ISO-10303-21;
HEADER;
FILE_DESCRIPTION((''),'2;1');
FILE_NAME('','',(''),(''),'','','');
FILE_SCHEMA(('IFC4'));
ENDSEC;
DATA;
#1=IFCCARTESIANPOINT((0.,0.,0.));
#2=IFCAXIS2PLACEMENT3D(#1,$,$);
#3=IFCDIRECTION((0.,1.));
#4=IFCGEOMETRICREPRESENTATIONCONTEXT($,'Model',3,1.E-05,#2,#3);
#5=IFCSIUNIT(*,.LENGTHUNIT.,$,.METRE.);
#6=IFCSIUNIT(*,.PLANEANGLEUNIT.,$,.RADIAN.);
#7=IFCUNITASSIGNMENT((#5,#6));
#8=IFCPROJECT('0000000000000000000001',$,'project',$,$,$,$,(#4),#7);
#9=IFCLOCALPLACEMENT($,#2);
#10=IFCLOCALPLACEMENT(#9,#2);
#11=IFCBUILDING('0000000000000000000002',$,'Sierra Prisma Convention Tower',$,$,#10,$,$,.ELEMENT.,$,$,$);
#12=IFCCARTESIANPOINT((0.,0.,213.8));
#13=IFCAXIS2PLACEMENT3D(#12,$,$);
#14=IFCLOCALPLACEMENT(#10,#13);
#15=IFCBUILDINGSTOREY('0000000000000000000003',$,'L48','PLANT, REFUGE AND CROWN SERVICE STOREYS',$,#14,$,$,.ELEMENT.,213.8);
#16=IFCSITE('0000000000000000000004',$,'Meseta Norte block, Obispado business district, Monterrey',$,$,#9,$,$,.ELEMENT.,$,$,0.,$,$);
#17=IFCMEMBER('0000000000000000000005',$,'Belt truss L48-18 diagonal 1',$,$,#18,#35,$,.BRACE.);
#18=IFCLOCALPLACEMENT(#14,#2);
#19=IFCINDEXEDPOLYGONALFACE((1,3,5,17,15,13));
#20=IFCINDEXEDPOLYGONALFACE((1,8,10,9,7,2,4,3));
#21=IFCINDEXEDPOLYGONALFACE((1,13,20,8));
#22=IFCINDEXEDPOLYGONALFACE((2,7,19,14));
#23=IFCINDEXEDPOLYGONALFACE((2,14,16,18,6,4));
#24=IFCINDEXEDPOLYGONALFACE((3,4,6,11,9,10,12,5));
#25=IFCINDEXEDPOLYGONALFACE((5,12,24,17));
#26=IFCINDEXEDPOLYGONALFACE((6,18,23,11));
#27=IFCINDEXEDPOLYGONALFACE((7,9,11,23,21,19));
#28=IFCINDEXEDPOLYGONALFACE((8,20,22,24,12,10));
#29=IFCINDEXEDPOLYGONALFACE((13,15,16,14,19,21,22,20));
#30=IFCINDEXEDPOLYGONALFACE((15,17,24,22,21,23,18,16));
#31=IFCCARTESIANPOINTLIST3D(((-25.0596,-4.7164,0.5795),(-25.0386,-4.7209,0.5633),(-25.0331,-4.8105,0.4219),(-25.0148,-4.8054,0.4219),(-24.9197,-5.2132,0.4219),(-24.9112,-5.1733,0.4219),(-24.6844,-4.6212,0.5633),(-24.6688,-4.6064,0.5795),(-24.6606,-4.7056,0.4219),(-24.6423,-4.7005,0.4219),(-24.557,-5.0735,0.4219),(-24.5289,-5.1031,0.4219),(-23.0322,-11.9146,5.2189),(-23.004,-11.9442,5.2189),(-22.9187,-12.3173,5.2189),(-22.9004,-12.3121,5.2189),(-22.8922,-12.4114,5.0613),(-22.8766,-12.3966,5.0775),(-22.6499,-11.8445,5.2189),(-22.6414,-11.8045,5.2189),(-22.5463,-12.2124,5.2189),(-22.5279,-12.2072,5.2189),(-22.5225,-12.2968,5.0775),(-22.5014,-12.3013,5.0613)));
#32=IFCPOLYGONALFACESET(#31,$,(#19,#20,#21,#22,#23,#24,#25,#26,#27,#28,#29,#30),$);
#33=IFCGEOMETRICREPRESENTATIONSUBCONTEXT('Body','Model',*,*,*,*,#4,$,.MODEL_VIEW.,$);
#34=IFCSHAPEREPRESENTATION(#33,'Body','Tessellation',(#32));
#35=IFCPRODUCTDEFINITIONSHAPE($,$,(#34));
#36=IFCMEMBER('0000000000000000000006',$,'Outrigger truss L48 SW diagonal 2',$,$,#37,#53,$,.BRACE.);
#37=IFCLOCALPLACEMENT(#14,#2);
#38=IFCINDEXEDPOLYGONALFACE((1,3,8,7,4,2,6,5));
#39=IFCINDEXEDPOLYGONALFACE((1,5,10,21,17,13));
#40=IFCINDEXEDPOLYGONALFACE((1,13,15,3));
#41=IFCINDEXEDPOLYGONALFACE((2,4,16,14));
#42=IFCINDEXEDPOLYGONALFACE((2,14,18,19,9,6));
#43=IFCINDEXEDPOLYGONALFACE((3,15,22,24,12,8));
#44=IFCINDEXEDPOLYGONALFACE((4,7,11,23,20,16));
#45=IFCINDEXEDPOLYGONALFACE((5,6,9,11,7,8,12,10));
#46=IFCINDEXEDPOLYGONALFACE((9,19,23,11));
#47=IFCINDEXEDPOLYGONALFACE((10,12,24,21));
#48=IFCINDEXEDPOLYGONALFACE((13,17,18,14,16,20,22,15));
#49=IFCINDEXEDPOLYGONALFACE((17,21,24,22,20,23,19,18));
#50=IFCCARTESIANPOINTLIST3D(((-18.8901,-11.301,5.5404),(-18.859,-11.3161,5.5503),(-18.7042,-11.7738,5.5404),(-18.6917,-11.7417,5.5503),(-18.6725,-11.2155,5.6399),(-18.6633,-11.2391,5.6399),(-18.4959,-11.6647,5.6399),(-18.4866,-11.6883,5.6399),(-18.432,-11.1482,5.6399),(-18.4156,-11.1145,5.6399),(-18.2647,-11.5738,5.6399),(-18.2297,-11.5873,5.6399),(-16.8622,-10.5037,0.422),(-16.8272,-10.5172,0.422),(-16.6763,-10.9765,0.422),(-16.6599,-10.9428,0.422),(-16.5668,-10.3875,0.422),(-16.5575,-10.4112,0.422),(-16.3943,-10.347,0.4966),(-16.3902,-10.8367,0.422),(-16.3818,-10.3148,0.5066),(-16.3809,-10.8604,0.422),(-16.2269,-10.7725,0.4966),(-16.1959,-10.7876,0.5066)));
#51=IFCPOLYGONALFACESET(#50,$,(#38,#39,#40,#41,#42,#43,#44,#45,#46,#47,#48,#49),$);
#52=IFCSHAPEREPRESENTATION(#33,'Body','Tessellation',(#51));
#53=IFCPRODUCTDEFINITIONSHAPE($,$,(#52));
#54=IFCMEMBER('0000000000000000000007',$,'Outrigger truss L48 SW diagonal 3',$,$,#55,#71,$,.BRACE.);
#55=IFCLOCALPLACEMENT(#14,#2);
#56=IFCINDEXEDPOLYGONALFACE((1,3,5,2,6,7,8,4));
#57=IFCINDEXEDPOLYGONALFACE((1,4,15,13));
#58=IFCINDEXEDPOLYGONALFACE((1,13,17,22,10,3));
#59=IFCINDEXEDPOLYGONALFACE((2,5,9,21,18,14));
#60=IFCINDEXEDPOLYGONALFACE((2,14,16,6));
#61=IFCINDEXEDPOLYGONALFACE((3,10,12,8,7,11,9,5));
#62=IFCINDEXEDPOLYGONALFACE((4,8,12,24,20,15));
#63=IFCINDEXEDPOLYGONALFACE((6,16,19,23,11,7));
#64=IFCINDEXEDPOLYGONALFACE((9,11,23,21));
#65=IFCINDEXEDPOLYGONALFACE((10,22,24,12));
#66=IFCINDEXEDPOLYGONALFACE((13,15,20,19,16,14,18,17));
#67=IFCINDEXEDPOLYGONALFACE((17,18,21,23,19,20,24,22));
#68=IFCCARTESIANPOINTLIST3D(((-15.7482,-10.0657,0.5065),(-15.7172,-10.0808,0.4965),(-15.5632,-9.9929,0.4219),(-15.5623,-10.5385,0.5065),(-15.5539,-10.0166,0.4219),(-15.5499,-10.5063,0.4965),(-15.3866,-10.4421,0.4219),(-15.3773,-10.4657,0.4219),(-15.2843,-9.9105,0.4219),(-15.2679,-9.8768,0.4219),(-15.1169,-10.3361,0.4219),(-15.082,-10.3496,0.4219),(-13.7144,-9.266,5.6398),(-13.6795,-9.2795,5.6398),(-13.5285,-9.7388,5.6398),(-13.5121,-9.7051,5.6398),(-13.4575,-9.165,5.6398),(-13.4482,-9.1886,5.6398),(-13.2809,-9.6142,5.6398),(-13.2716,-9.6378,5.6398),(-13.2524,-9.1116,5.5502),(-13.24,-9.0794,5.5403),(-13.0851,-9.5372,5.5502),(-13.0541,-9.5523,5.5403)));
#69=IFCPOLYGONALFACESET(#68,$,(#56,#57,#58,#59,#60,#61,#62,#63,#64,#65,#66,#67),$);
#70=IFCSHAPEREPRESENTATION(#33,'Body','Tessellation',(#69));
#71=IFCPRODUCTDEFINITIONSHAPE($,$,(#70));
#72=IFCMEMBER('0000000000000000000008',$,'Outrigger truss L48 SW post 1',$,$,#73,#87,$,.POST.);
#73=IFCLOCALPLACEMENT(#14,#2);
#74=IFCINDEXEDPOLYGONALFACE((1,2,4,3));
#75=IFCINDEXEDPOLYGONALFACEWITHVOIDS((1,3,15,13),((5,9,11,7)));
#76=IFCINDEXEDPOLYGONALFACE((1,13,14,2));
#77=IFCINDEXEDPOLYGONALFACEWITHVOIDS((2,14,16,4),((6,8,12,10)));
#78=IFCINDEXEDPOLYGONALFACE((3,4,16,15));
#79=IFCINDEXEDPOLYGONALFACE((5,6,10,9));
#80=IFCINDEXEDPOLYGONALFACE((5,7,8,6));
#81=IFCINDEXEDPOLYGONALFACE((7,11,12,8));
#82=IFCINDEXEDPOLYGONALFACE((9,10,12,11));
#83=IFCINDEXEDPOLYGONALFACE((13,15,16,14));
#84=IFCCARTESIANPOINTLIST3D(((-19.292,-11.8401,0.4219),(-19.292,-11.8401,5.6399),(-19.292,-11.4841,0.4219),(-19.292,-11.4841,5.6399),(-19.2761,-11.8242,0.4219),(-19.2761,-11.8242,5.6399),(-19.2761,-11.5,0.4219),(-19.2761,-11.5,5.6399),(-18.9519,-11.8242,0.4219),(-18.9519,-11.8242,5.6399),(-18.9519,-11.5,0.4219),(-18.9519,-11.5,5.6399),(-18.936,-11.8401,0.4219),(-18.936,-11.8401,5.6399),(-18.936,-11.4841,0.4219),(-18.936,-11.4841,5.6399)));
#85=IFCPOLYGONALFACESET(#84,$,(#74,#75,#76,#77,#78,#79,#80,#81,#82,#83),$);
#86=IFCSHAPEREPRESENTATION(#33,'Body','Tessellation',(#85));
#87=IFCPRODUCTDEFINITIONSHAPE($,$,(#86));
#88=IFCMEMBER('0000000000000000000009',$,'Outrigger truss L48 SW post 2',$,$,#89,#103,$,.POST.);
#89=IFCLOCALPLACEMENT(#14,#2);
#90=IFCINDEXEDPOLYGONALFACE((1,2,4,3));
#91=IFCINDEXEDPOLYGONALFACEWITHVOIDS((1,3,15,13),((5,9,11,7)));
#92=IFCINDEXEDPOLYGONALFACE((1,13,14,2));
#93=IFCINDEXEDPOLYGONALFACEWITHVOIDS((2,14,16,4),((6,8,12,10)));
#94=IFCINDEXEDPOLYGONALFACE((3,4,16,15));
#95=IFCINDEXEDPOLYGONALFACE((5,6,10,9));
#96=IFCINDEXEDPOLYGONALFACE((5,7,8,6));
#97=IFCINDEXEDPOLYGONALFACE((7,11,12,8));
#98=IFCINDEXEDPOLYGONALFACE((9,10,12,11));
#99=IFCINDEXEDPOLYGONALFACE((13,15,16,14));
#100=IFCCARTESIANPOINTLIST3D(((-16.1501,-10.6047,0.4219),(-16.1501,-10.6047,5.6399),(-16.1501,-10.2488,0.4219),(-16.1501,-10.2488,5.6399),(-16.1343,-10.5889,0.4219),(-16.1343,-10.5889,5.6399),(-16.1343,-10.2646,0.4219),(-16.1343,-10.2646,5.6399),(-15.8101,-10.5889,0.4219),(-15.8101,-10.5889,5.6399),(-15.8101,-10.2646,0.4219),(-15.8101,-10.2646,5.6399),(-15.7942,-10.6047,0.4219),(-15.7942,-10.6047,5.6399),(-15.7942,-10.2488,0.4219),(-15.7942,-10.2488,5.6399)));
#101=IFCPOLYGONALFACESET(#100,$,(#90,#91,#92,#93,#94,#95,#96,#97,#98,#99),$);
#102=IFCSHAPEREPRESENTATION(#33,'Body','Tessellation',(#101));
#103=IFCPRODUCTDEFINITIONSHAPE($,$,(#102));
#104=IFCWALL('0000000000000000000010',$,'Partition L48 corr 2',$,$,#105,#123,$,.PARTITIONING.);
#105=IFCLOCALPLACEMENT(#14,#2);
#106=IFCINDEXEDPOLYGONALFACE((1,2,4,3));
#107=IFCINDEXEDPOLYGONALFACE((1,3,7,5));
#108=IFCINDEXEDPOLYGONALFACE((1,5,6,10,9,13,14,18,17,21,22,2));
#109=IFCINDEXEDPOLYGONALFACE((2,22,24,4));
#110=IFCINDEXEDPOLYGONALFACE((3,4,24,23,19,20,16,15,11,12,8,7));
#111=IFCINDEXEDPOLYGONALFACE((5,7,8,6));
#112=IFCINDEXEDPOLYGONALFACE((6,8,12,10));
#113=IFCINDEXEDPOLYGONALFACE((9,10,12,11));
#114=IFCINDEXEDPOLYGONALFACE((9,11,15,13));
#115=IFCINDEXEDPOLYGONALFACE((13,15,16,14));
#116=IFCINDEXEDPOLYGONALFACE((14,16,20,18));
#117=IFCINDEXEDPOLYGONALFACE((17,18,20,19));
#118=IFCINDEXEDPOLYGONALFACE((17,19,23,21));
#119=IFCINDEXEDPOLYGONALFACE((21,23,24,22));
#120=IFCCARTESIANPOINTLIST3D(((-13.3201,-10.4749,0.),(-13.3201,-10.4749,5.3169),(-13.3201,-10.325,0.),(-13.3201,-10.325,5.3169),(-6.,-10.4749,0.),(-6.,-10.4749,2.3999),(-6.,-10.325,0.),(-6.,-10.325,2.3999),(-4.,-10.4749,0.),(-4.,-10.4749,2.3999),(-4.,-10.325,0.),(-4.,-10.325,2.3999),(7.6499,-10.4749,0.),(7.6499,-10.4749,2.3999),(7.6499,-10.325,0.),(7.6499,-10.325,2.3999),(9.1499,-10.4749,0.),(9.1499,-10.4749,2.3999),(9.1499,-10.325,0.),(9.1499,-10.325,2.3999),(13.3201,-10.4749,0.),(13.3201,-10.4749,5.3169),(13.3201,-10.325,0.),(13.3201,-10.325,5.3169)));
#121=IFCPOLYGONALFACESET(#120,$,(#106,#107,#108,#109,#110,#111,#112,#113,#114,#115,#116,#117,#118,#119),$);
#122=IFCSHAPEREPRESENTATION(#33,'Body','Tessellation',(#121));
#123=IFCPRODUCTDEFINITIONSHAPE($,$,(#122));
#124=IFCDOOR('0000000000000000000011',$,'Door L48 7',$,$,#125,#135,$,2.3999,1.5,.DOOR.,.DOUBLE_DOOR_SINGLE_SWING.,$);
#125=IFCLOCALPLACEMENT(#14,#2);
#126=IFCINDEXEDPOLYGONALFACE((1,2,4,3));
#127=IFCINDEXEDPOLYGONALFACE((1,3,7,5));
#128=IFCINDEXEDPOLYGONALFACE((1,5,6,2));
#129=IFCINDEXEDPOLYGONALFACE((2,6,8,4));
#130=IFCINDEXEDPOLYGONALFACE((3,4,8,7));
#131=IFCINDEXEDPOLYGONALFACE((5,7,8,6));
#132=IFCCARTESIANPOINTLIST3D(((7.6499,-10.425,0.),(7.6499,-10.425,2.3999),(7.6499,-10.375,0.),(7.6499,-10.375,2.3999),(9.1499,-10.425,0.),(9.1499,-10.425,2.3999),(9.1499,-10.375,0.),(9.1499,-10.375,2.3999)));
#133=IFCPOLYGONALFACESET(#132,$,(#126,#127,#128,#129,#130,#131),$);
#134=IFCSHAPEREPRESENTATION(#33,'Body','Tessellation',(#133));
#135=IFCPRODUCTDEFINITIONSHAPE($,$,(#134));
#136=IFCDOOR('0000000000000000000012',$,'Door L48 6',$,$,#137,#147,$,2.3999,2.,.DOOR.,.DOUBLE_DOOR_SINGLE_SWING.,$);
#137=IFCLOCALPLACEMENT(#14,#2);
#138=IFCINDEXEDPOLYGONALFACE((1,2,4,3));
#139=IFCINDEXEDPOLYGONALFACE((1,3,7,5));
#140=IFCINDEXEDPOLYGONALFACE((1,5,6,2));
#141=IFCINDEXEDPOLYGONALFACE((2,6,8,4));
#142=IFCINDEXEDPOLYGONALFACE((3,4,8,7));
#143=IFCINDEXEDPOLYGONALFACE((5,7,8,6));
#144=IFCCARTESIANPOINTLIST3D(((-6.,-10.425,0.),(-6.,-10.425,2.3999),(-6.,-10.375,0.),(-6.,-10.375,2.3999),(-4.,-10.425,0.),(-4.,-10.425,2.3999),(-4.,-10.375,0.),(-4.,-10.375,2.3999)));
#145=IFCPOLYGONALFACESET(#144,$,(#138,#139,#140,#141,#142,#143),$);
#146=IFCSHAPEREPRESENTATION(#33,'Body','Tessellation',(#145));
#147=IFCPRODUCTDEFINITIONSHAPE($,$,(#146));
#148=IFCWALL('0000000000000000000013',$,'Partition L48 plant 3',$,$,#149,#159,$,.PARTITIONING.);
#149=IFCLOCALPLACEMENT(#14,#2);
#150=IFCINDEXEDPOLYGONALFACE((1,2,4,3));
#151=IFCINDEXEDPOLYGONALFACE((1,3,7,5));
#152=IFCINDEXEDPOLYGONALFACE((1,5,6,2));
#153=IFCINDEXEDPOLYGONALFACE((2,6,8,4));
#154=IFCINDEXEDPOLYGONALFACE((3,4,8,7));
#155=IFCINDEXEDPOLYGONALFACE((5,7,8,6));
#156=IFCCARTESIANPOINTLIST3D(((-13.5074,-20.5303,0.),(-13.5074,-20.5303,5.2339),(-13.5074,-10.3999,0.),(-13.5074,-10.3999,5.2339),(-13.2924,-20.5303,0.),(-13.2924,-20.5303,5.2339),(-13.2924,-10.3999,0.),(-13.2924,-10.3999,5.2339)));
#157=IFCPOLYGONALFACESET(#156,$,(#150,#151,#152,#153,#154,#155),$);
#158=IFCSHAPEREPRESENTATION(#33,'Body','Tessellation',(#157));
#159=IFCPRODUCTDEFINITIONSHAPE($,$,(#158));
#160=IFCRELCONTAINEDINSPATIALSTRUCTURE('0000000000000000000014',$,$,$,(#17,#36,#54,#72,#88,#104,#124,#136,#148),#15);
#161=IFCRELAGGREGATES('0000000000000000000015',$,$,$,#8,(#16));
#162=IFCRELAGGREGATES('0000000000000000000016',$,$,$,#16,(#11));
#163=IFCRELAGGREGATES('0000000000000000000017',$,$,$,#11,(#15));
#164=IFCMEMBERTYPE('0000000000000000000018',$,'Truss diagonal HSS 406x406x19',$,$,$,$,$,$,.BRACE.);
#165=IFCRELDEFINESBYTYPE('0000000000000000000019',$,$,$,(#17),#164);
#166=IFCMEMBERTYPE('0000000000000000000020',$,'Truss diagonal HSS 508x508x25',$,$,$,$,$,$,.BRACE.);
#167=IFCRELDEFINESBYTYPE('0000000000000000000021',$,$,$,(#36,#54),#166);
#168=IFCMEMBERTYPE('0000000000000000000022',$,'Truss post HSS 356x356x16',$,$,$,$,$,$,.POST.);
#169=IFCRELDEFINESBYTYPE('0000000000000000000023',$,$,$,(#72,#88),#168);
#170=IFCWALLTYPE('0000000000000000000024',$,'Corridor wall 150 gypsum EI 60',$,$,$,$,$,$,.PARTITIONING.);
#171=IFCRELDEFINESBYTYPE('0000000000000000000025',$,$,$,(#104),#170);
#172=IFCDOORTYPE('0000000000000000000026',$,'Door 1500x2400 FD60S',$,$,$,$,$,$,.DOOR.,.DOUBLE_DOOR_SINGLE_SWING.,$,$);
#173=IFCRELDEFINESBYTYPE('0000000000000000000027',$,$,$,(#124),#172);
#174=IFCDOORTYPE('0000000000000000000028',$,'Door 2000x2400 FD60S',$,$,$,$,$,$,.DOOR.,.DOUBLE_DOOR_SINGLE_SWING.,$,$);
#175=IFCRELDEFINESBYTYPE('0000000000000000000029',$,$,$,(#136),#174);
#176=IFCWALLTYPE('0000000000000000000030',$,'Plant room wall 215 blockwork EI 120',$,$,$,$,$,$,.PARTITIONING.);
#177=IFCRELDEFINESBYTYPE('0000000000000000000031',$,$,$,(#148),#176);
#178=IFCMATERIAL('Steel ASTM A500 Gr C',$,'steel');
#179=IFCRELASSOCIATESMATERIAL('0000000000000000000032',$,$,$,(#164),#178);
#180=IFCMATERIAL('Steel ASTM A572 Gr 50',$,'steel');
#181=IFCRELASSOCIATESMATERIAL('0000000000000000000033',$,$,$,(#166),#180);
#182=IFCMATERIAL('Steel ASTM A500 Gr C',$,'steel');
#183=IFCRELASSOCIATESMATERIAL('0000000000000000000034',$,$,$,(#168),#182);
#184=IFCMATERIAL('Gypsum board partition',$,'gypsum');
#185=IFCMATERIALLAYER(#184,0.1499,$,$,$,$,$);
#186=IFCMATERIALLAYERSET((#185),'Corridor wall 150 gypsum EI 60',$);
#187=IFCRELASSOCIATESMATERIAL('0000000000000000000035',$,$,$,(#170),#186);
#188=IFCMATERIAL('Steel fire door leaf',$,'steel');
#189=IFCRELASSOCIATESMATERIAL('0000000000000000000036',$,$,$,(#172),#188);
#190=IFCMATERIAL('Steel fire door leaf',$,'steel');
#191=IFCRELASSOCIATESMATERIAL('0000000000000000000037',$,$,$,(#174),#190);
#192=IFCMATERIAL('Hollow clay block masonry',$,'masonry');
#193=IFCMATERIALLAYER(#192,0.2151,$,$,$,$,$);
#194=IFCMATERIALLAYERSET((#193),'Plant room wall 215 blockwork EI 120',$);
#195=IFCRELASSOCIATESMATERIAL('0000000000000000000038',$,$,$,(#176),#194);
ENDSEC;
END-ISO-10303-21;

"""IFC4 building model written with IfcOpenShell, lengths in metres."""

from ifc_helpers import new_model, si_unit, direction, frame, frame_2d, origin, origin_2d, place, context, subcontext, project, spatial, rectangle, hollow_rectangle, extrude, clip, halfspace, material, layer, layer_set, material_profile, profile_set, type_object, element, fill, save


model = new_model("IFC4")

# Units and contexts
model_context = context("Model", 3, precision=1e-05, world=origin(), true_north=direction((0.0, 1.0)))
body_context = subcontext(model_context, "Body", "Model", "MODEL_VIEW")
ifc_project = project(units=[si_unit("LENGTHUNIT", "METRE"), si_unit("PLANEANGLEUNIT", "RADIAN")], contexts=[model_context])

# Site, building, storey
site_placement = place(None, origin())
site = spatial("IfcSite", under=ifc_project, at=site_placement, Name="Meseta Norte block, Obispado business district, Monterrey", CompositionType="ELEMENT", RefElevation=0.0)
building_placement = place(site_placement, origin())
building = spatial("IfcBuilding", under=site, at=building_placement, Name="Sierra Prisma Convention Tower", CompositionType="ELEMENT")
storey_placement = place(building_placement, frame((0.0, 0.0, 213.8)))
storey = spatial("IfcBuildingStorey", under=building, at=storey_placement, Name="L48", Description="PLANT, REFUGE AND CROWN SERVICE STOREYS", CompositionType="ELEMENT", Elevation=213.8)

# Members
ifc_material_1 = material(Name="Steel ASTM A500 Gr C", Category="steel")
ifc_material_profile_1 = material_profile(ifc_material_1, hollow_rectangle(XDim=0.406, YDim=0.406, WallThickness=0.019, at=origin_2d()), Name="Truss diagonal HSS 406x406x19")
ifc_profile_set_1 = profile_set([ifc_material_profile_1], Name="Steel ASTM A500 Gr C")
member_type_1 = type_object("IfcMemberType", Name="Truss diagonal HSS 406x406x19", PredefinedType="BRACE", material=ifc_profile_set_1)
member_1_placement = place(storey_placement, frame((-24.8352, -4.7644, 0.407), z_axis=(0.23038, -0.817928, 0.52718), x_axis=(0.962547, 0.271114, 0.0)))
element("IfcMember", 1, at=member_1_placement, inside=storey, type_object=member_type_1, Name="Belt truss L48-18 diagonal 1", PredefinedType="BRACE", context=body_context, shape_type="SweptSolid", body=[
    clip(clip(extrude(hollow_rectangle(XDim=0.406, YDim=0.406, WallThickness=0.019, at=origin_2d()), origin(), (0.0, 0.0, 1.0), 9.156), halfspace(frame((0.0002, 0.0127, 0.0078), z_axis=(0.0, 0.849753, 0.52718), x_axis=(1.0, 0.0, 0.0)), True)), halfspace(frame((0.0, -0.0127, 9.1482), z_axis=(0.0, -0.849753, -0.52718), x_axis=(1.0, 0.0, 0.0)), True)),
])
ifc_material_2 = material(Name="Steel ASTM A572 Gr 50", Category="steel")
ifc_material_profile_2 = material_profile(ifc_material_2, hollow_rectangle(XDim=0.5081, YDim=0.5081, WallThickness=0.0254, at=origin_2d()), Name="Truss diagonal HSS 508x508x25")
ifc_profile_set_2 = profile_set([ifc_material_profile_2], Name="Steel ASTM A572 Gr 50")
member_type_2 = type_object("IfcMemberType", Name="Truss diagonal HSS 508x508x25", PredefinedType="BRACE", material=ifc_profile_set_2)
member_2_placement = place(storey_placement, frame((-18.5796, -11.4519, 5.6399), z_axis=(0.364534, 0.143333, -0.920093), x_axis=(-0.365924, 0.930645, 0.0)))
element("IfcMember", 2, at=member_2_placement, inside=storey, type_object=member_type_2, Name="Outrigger truss L48 SW diagonal 2", PredefinedType="BRACE", context=body_context, shape_type="SweptSolid", body=[
    clip(clip(extrude(hollow_rectangle(XDim=0.5081, YDim=0.5081, WallThickness=0.0254, at=origin_2d()), origin(), (0.0, 0.0, 1.0), 5.6873), halfspace(frame((0.0, 0.0, 0.0), z_axis=(0.0, -0.391701, 0.920093), x_axis=(1.0, 0.0, 0.0)), True)), halfspace(frame((0.0, 0.0059, 5.6736), z_axis=(0.0, 0.391701, -0.920093), x_axis=(1.0, 0.0, 0.0)), True)),
])
member_3_placement = place(storey_placement, frame((-15.4377, -10.2166, 0.407), z_axis=(0.364534, 0.143333, 0.920093), x_axis=(-0.365924, 0.930645, 0.0)))
element("IfcMember", 3, at=member_3_placement, inside=storey, type_object=member_type_2, Name="Outrigger truss L48 SW diagonal 3", PredefinedType="BRACE", context=body_context, shape_type="SweptSolid", body=[
    clip(clip(extrude(hollow_rectangle(XDim=0.5081, YDim=0.5081, WallThickness=0.0254, at=origin_2d()), origin(), (0.0, 0.0, 1.0), 5.6873), halfspace(frame((0.0, 0.0059, 0.0137), z_axis=(0.0, 0.391701, 0.920093), x_axis=(1.0, 0.0, 0.0)), True)), halfspace(frame((0.0, 0.0, 5.6873), z_axis=(0.0, -0.391701, -0.920093), x_axis=(1.0, 0.0, 0.0)), True)),
])
ifc_material_3 = material(Name="Steel ASTM A500 Gr C", Category="steel")
ifc_material_profile_3 = material_profile(ifc_material_3, hollow_rectangle(XDim=0.356, YDim=0.356, WallThickness=0.0159, at=origin_2d()), Name="Truss post HSS 356x356x16")
ifc_profile_set_3 = profile_set([ifc_material_profile_3], Name="Steel ASTM A500 Gr C")
member_type_3 = type_object("IfcMemberType", Name="Truss post HSS 356x356x16", PredefinedType="POST", material=ifc_profile_set_3)
for number, where, z_axis, x_axis, name in (
    (4, (-19.114, -11.6621, 0.4219), (0.0, 0.0, 1.0), (1.0, 0.0, 0.0), "Outrigger truss L48 SW post 1"),
    (5, (-15.9722, -10.4268, 0.4219), (0.0, 0.0, 1.0), (1.0, 0.0, 0.0), "Outrigger truss L48 SW post 2"),
):
    element("IfcMember", number, at=place(storey_placement, frame(where, z_axis=z_axis, x_axis=x_axis)), inside=storey, type_object=member_type_3, Name=name, PredefinedType="POST", context=body_context, shape_type="SweptSolid", body=[
        extrude(hollow_rectangle(XDim=0.356, YDim=0.356, WallThickness=0.0159, at=origin_2d()), origin(), (0.0, 0.0, 1.0), 5.218),
    ])

# Wall, openings, doors
ifc_material_4 = material(Name="Gypsum board partition", Category="gypsum")
ifc_layer_1 = layer(ifc_material_4, 0.1499)
ifc_layer_set_1 = layer_set([ifc_layer_1], Name="Corridor wall 150 gypsum EI 60")
wall_type_1 = type_object("IfcWallType", Name="Corridor wall 150 gypsum EI 60", PredefinedType="PARTITIONING", material=ifc_layer_set_1)
wall_1_placement = place(storey_placement, frame((-13.3201, -10.3999, 0.0), z_axis=(0.0, 0.0, 1.0), x_axis=(1.0, 0.0, 0.0)))
wall_1 = element("IfcWall", 6, at=wall_1_placement, inside=storey, type_object=wall_type_1, Name="Partition L48 corr 2", PredefinedType="PARTITIONING", context=body_context, shape_type="SweptSolid", body=[
    extrude(rectangle(XDim=26.6401, YDim=0.1499, at=frame_2d((13.3201, 0.0))), origin(), (0.0, 0.0, 1.0), 5.3169),
])
opening_1_placement = place(wall_1_placement, frame((7.3201, 0.0, 0.0)))
opening_1 = element("IfcOpeningElement", 7, at=opening_1_placement, cuts=wall_1, PredefinedType="OPENING", context=body_context, shape_type="SweptSolid", body=[
    extrude(rectangle(XDim=2.0, YDim=2.3999, at=frame_2d((1.0, 1.2))), frame((0.0, 0.075, 0.0), z_axis=(0.0, -1.0, 0.0), x_axis=(1.0, 0.0, 0.0)), (0.0, 0.0, 1.0), 0.1499),
])
opening_2_placement = place(wall_1_placement, frame((20.97, 0.0, 0.0)))
opening_2 = element("IfcOpeningElement", 8, at=opening_2_placement, cuts=wall_1, PredefinedType="OPENING", context=body_context, shape_type="SweptSolid", body=[
    extrude(rectangle(XDim=1.5, YDim=2.3999, at=frame_2d((0.75, 1.2))), frame((0.0, 0.075, 0.0), z_axis=(0.0, -1.0, 0.0), x_axis=(1.0, 0.0, 0.0)), (0.0, 0.0, 1.0), 0.1499),
])
ifc_material_5 = material(Name="Steel fire door leaf", Category="steel")
door_type_1 = type_object("IfcDoorType", Name="Door 1500x2400 FD60S", OperationType="DOUBLE_DOOR_SINGLE_SWING", PredefinedType="DOOR", material=ifc_material_5)
door_1_placement = place(opening_2_placement, origin())
door_1 = element("IfcDoor", 9, at=door_1_placement, inside=storey, type_object=door_type_1, Name="Door L48 7", OperationType="DOUBLE_DOOR_SINGLE_SWING", OverallHeight=2.3999, OverallWidth=1.5, PredefinedType="DOOR", context=body_context, shape_type="SweptSolid", body=[
    extrude(rectangle(XDim=1.5, YDim=2.3999, at=frame_2d((0.75, 1.2))), frame((0.0, 0.0249, 0.0), z_axis=(0.0, -1.0, 0.0), x_axis=(1.0, 0.0, 0.0)), (0.0, 0.0, 1.0), 0.05),
])
fill(opening_2, door_1)
ifc_material_6 = material(Name="Steel fire door leaf", Category="steel")
door_type_2 = type_object("IfcDoorType", Name="Door 2000x2400 FD60S", OperationType="DOUBLE_DOOR_SINGLE_SWING", PredefinedType="DOOR", material=ifc_material_6)
door_2_placement = place(opening_1_placement, origin())
door_2 = element("IfcDoor", 10, at=door_2_placement, inside=storey, type_object=door_type_2, Name="Door L48 6", OperationType="DOUBLE_DOOR_SINGLE_SWING", OverallHeight=2.3999, OverallWidth=2.0, PredefinedType="DOOR", context=body_context, shape_type="SweptSolid", body=[
    extrude(rectangle(XDim=2.0, YDim=2.3999, at=frame_2d((1.0, 1.2))), frame((0.0, 0.0249, 0.0), z_axis=(0.0, -1.0, 0.0), x_axis=(1.0, 0.0, 0.0)), (0.0, 0.0, 1.0), 0.05),
])
fill(opening_1, door_2)

# Wall
ifc_material_7 = material(Name="Hollow clay block masonry", Category="masonry")
ifc_layer_2 = layer(ifc_material_7, 0.2151)
ifc_layer_set_2 = layer_set([ifc_layer_2], Name="Plant room wall 215 blockwork EI 120")
wall_type_2 = type_object("IfcWallType", Name="Plant room wall 215 blockwork EI 120", PredefinedType="PARTITIONING", material=ifc_layer_set_2)
wall_2_placement = place(storey_placement, frame((-13.3999, -10.3999, 0.0), z_axis=(0.0, 0.0, 1.0), x_axis=(0.0, -1.0, 0.0)))
element("IfcWall", 11, at=wall_2_placement, inside=storey, type_object=wall_type_2, Name="Partition L48 plant 3", PredefinedType="PARTITIONING", context=body_context, shape_type="SweptSolid", body=[
    extrude(rectangle(XDim=10.1304, YDim=0.2151, at=frame_2d((5.0652, 0.0))), origin(), (0.0, 0.0, 1.0), 5.2339),
])

save(model, "model.ifc")
